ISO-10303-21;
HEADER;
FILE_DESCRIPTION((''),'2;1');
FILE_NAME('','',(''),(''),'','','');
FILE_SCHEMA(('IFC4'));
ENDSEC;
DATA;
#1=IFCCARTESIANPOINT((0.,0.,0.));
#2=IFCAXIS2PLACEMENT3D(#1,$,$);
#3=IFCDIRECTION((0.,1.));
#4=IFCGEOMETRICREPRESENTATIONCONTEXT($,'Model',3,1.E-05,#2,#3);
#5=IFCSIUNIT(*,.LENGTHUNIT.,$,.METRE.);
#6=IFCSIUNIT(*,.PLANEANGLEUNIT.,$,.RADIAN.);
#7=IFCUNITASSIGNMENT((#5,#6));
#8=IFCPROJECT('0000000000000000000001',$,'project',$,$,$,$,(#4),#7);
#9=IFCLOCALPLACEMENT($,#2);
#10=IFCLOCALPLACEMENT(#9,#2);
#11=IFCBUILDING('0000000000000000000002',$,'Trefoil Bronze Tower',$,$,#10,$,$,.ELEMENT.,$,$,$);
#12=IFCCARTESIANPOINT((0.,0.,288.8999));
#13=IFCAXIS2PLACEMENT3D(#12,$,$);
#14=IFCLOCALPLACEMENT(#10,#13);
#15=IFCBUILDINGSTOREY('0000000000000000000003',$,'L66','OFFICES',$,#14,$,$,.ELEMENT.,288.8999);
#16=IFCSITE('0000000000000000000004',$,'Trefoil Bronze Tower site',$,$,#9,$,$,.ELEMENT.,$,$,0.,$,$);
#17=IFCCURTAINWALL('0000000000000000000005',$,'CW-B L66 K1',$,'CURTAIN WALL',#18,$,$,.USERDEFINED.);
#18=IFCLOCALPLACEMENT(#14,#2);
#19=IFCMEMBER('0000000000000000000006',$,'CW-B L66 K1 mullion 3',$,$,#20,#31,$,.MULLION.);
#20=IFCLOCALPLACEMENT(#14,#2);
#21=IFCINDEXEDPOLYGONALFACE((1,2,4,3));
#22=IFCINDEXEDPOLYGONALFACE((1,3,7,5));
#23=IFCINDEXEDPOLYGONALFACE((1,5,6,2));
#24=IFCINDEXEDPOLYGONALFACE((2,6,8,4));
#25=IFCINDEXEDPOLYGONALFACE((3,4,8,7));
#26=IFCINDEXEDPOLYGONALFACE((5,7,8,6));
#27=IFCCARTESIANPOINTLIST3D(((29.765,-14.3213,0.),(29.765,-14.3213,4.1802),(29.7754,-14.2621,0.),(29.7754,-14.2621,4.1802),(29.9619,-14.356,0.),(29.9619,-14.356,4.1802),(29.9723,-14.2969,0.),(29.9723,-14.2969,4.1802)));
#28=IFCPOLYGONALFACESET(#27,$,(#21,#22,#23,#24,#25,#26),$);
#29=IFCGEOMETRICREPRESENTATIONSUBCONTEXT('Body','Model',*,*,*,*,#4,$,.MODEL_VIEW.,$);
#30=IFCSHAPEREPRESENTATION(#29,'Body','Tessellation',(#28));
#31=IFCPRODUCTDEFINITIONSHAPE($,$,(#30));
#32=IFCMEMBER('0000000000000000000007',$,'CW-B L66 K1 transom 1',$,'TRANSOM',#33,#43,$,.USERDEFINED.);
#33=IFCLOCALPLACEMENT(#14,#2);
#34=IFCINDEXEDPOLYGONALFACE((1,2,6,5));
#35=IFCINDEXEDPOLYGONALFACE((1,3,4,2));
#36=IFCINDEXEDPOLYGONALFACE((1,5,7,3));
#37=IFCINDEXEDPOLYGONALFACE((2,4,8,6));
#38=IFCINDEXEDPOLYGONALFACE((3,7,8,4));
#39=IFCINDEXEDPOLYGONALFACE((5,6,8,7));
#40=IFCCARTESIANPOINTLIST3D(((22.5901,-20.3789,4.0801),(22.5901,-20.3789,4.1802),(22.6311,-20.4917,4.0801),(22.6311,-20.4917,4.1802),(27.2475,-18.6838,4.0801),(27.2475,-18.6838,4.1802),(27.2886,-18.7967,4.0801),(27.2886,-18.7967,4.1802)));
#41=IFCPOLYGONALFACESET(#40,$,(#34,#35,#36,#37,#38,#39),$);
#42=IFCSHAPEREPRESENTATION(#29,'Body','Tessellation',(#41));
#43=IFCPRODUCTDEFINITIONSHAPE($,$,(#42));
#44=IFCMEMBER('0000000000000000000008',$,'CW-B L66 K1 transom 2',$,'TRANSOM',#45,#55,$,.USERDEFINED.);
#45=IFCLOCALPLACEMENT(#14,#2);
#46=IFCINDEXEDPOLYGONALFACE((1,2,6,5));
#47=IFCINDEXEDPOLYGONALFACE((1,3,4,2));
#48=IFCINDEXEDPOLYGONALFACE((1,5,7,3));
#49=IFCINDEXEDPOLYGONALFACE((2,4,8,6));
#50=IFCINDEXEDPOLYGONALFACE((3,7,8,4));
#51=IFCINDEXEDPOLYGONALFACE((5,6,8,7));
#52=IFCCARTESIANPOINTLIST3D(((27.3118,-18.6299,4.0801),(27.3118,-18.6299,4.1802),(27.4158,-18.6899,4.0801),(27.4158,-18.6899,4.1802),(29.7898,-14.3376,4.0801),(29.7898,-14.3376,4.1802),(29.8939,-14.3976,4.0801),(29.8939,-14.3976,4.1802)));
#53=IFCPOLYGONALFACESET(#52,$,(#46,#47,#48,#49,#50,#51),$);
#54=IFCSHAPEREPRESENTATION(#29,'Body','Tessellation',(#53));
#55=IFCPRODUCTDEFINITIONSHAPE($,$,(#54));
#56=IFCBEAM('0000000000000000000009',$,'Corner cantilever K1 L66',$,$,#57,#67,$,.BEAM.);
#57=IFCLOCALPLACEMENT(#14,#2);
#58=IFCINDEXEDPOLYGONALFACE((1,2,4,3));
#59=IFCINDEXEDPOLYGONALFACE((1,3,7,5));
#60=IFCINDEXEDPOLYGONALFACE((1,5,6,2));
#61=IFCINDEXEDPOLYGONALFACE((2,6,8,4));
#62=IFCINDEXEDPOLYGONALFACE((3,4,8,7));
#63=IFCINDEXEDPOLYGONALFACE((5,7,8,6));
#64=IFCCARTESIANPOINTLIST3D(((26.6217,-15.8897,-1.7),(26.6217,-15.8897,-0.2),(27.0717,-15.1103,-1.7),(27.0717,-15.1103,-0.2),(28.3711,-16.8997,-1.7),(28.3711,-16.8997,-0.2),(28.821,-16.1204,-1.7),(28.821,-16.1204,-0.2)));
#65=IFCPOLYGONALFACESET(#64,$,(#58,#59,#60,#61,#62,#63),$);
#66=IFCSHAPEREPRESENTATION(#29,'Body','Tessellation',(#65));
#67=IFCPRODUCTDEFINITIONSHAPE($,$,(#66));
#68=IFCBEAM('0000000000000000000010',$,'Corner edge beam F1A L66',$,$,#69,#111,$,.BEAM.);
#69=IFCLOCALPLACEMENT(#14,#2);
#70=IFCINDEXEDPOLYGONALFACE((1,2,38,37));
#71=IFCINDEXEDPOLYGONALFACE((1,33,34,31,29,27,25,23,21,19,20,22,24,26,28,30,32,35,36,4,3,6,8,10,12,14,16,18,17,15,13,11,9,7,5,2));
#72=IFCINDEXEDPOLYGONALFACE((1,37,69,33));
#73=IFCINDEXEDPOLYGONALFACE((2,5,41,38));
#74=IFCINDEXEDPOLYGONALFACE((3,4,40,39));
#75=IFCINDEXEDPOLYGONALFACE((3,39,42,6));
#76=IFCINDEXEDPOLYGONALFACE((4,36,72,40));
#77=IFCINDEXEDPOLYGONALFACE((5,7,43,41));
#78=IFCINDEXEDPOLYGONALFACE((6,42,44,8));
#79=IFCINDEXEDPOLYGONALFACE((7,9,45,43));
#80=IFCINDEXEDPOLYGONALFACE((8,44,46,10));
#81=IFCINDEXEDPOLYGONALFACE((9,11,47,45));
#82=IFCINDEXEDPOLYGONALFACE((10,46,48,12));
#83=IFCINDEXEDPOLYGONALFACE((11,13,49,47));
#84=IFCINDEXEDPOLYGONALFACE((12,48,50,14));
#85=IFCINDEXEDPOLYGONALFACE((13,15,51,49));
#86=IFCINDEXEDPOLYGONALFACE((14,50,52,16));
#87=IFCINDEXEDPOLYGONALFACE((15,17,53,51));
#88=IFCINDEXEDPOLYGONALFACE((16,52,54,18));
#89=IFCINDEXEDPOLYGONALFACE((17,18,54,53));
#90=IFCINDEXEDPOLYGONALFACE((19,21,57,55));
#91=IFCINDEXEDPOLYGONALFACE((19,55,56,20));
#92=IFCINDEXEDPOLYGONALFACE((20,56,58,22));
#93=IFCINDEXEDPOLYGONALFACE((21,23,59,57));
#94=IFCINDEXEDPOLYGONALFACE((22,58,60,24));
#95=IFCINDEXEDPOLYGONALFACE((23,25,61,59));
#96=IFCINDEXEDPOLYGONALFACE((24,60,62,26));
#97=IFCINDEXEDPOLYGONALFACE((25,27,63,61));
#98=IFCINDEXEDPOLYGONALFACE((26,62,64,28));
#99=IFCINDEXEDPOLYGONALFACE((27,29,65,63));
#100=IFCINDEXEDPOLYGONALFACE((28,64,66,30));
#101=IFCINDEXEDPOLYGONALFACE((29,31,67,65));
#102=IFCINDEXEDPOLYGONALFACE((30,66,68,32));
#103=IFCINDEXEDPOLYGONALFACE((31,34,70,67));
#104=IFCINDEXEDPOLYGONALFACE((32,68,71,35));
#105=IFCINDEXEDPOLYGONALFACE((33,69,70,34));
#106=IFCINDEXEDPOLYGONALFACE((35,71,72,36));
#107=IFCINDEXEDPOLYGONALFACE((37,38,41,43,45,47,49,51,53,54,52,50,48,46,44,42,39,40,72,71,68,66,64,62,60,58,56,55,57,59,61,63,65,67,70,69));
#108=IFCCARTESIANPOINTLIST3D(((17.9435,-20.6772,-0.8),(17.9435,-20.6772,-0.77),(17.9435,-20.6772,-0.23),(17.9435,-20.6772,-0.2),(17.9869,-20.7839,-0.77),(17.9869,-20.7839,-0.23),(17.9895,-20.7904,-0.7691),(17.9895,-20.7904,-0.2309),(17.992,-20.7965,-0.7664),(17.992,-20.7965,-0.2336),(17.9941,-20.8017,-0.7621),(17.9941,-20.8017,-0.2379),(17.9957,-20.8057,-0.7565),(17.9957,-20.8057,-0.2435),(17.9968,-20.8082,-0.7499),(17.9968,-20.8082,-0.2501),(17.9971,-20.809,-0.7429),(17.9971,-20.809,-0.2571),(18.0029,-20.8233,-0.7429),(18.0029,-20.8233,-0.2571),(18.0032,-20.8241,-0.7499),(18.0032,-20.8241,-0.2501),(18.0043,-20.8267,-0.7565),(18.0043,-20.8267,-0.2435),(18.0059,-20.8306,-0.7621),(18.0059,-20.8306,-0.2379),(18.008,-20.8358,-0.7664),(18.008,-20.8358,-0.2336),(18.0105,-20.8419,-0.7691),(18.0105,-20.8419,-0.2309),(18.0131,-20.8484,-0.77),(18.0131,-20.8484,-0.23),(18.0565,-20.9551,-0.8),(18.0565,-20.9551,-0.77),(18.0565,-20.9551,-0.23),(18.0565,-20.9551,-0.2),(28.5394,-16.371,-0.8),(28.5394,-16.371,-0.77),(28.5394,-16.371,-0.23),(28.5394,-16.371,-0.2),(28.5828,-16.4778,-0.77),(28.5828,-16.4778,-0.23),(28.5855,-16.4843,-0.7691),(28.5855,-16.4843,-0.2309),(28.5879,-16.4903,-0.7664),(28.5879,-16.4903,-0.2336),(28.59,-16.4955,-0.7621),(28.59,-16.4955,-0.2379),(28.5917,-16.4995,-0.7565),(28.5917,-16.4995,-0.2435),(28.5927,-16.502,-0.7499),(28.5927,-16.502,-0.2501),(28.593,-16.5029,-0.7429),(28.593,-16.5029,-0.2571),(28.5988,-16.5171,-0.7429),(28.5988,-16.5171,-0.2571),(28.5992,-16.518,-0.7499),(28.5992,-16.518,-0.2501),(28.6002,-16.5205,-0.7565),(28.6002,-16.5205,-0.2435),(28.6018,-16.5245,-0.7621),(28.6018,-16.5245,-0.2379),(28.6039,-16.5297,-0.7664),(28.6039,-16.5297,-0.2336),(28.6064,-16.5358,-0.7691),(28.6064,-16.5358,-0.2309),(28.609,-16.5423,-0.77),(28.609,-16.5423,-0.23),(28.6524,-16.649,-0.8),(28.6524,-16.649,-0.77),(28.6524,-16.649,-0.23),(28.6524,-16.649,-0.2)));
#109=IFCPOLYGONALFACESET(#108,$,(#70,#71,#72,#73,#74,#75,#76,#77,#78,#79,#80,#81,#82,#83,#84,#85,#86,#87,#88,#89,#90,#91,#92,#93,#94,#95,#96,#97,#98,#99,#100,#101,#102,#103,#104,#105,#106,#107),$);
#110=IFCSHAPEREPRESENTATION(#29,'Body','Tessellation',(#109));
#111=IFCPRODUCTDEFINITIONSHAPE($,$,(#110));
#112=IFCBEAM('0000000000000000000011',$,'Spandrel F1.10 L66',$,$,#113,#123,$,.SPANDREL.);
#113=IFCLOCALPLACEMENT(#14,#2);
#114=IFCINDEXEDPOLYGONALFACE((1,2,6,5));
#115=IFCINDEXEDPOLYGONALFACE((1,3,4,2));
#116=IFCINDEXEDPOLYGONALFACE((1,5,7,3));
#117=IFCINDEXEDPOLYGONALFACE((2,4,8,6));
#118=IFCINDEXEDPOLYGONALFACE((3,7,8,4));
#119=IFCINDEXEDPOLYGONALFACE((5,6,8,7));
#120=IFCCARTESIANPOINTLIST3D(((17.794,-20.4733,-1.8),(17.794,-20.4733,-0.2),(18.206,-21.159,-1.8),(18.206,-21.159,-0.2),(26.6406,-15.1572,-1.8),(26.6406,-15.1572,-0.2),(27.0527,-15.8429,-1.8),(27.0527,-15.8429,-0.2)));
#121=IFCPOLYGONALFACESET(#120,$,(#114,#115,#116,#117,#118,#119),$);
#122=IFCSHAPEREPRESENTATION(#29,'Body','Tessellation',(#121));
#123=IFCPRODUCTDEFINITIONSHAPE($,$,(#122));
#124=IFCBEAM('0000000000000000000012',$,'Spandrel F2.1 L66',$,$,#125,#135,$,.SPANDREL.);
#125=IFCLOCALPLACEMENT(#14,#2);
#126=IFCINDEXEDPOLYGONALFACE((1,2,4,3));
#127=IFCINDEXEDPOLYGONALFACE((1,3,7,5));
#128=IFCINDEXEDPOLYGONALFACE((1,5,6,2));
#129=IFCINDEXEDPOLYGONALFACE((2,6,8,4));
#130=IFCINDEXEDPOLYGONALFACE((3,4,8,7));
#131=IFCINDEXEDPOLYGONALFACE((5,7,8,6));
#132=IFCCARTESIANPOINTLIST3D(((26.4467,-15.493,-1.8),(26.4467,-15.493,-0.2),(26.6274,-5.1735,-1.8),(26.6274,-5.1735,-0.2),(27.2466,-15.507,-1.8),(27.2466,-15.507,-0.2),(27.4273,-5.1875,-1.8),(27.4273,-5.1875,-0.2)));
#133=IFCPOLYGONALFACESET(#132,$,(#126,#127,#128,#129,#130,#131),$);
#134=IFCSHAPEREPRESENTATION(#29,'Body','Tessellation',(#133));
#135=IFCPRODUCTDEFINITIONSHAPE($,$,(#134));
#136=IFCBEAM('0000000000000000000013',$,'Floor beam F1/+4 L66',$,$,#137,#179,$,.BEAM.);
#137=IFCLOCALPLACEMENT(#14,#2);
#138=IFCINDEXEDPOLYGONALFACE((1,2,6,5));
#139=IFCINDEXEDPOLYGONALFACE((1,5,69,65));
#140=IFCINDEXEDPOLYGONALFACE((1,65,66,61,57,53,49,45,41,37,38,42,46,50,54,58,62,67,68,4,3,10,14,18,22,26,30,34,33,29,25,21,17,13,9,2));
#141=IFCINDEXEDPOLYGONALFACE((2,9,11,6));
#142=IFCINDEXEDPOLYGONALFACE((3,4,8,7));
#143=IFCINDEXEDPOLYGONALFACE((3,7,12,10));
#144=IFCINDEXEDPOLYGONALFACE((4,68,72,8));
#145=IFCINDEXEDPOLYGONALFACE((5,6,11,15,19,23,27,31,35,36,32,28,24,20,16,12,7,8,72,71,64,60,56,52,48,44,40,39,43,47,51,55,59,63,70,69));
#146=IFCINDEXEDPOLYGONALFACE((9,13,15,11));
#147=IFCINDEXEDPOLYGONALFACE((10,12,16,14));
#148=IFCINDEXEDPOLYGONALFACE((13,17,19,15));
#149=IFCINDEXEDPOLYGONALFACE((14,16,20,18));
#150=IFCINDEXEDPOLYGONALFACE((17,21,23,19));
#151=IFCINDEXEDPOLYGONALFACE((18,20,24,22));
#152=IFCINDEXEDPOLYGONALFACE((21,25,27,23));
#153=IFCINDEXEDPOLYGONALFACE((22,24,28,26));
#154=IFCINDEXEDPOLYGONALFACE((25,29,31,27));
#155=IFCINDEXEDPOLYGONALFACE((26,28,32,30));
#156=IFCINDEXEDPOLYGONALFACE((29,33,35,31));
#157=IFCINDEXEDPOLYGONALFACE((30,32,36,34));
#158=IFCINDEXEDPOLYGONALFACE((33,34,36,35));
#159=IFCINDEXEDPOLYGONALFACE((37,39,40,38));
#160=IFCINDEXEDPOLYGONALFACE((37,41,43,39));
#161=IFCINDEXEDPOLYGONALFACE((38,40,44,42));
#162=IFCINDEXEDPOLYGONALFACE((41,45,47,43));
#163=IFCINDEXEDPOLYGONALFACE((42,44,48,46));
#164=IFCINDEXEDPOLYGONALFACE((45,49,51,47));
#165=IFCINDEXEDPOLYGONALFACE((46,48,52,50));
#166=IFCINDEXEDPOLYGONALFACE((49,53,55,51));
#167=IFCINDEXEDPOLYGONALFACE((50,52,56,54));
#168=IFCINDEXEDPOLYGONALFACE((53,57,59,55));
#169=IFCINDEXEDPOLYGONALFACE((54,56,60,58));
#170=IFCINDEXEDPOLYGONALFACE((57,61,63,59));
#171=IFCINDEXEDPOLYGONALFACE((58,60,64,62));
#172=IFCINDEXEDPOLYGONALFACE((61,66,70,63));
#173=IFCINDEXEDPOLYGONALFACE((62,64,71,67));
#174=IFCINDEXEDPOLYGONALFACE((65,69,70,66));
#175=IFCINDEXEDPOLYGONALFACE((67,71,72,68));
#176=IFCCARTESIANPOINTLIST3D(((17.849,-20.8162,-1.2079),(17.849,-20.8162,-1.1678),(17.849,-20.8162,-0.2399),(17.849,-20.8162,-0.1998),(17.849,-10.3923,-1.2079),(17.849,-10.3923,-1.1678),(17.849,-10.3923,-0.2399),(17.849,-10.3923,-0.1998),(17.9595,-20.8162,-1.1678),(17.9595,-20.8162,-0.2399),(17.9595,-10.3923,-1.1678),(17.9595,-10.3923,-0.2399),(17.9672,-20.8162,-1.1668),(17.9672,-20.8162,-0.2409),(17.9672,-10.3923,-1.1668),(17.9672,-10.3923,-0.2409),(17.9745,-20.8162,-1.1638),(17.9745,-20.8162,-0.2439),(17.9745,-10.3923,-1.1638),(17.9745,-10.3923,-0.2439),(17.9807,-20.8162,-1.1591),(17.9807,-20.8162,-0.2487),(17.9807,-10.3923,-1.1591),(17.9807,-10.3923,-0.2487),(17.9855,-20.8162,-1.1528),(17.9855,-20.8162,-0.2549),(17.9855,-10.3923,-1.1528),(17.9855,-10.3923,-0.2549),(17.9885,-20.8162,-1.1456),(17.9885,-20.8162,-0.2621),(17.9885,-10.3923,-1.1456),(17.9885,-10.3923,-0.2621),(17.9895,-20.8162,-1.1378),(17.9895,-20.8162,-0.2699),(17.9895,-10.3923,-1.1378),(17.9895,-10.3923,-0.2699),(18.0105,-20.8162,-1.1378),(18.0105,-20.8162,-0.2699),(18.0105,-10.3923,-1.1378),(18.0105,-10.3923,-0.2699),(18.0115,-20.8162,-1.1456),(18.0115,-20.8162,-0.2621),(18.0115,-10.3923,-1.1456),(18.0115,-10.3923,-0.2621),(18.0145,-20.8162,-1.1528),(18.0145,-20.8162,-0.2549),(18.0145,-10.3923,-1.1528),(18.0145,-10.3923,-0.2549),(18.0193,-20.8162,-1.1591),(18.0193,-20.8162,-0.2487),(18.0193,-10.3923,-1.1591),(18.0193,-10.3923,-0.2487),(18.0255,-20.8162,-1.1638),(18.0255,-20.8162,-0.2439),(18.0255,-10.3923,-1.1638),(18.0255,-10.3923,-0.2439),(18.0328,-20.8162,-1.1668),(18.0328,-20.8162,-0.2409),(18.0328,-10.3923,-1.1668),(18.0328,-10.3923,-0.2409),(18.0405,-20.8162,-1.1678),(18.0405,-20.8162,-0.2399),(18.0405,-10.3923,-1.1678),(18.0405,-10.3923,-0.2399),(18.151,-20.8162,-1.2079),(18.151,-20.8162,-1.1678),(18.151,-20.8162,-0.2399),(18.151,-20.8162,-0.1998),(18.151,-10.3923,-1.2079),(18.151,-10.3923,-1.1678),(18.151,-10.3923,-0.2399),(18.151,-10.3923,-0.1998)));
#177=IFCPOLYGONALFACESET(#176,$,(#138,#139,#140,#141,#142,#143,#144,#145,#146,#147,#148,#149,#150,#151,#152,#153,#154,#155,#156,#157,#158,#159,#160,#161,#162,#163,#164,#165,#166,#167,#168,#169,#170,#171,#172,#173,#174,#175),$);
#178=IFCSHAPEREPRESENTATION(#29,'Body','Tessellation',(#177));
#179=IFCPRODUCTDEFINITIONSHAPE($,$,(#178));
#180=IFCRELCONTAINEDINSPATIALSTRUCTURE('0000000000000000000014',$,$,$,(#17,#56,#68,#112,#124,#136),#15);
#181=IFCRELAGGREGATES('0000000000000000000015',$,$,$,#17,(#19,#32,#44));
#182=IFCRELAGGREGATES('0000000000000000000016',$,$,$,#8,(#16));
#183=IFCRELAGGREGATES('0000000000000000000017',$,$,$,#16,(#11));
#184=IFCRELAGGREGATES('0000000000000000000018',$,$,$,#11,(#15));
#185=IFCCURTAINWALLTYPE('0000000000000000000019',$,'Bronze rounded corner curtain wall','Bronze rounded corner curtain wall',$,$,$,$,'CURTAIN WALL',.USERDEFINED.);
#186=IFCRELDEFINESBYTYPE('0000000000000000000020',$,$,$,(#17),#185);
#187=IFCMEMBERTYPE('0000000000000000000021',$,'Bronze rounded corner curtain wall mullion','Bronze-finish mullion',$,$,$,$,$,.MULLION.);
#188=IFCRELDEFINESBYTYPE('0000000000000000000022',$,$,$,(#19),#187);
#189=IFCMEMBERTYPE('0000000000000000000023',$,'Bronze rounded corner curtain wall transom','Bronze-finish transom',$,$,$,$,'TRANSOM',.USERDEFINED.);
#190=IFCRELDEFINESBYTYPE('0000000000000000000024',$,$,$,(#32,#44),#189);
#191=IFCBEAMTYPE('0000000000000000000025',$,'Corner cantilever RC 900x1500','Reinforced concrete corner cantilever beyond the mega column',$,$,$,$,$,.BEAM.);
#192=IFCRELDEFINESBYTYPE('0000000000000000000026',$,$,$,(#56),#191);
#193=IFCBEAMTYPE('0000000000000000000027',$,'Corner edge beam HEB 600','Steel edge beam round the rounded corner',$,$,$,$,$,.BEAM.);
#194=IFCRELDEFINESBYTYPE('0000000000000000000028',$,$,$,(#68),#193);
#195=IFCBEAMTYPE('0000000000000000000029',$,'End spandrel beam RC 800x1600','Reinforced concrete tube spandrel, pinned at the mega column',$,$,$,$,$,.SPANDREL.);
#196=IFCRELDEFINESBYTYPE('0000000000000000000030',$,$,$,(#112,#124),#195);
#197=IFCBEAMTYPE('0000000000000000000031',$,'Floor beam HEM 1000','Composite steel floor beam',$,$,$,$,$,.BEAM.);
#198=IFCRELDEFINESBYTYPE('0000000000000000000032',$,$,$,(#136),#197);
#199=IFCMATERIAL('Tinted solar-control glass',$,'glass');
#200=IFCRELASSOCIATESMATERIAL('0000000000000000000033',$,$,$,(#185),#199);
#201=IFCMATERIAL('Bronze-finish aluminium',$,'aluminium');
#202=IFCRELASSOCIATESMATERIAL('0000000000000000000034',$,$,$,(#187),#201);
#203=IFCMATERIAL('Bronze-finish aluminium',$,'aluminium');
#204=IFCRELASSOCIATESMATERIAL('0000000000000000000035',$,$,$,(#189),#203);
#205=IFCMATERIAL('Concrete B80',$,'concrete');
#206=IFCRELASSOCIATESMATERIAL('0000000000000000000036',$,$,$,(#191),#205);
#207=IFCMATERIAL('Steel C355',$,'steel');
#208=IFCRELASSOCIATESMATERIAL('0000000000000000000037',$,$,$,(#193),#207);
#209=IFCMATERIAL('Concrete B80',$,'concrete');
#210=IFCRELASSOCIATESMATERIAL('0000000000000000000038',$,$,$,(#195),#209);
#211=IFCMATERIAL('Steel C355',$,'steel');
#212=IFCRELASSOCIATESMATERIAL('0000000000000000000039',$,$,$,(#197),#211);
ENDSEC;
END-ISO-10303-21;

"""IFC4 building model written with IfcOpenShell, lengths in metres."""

from ifc_helpers import new_model, si_unit, direction, frame, origin, origin_2d, place, context, subcontext, project, spatial, rectangle, i_section, extrude, material, material_profile, profile_set, type_object, element, aggregate, save


model = new_model("IFC4")

# Units and contexts
model_context = context("Model", 3, precision=1e-05, world=origin(), true_north=direction((0.0, 1.0)))
body_context = subcontext(model_context, "Body", "Model", "MODEL_VIEW")
ifc_project = project(units=[si_unit("LENGTHUNIT", "METRE"), si_unit("PLANEANGLEUNIT", "RADIAN")], contexts=[model_context])

# Site, building, storey
site_placement = place(None, origin())
site = spatial("IfcSite", under=ifc_project, at=site_placement, Name="Trefoil Bronze Tower site", CompositionType="ELEMENT", RefElevation=0.0)
building_placement = place(site_placement, origin())
building = spatial("IfcBuilding", under=site, at=building_placement, Name="Trefoil Bronze Tower", CompositionType="ELEMENT")
storey_placement = place(building_placement, frame((0.0, 0.0, 288.8999)))
storey = spatial("IfcBuildingStorey", under=building, at=storey_placement, Name="L66", Description="OFFICES", CompositionType="ELEMENT", Elevation=288.8999)

# Curtain wall, members
ifc_material_1 = material(Name="Tinted solar-control glass", Category="glass")
curtain_wall_type_1 = type_object("IfcCurtainWallType", Name="Bronze rounded corner curtain wall", Description="Bronze rounded corner curtain wall", ElementType="CURTAIN WALL", PredefinedType="USERDEFINED", material=ifc_material_1)
curtain_wall_1_placement = place(storey_placement, origin())
curtain_wall_1 = element("IfcCurtainWall", 1, at=curtain_wall_1_placement, inside=storey, type_object=curtain_wall_type_1, Name="CW-B L66 K1", ObjectType="CURTAIN WALL", PredefinedType="USERDEFINED")
ifc_material_2 = material(Name="Bronze-finish aluminium", Category="aluminium")
ifc_material_profile_1 = material_profile(ifc_material_2, rectangle(XDim=0.2, YDim=0.0601, at=origin_2d()), Name="CW-B mullion")
ifc_profile_set_1 = profile_set([ifc_material_profile_1], Name="Bronze-finish aluminium")
member_type_1 = type_object("IfcMemberType", Name="Bronze rounded corner curtain wall mullion", Description="Bronze-finish mullion", PredefinedType="MULLION", material=ifc_profile_set_1)
member_1_placement = place(storey_placement, frame((29.8687, -14.3091, 0.0), z_axis=(0.0, 0.0, 1.0), x_axis=(-0.984808, 0.173648, 0.0)))
member_1 = element("IfcMember", 2, at=member_1_placement, type_object=member_type_1, Name="CW-B L66 K1 mullion 3", PredefinedType="MULLION", context=body_context, shape_type="SweptSolid", body=[
    extrude(rectangle(XDim=0.2, YDim=0.0601, at=origin_2d()), origin(), (0.0, 0.0, 1.0), 4.1802),
])
ifc_material_3 = material(Name="Bronze-finish aluminium", Category="aluminium")
ifc_material_profile_2 = material_profile(ifc_material_3, rectangle(XDim=0.1201, YDim=0.1001, at=origin_2d()), Name="CW-B transom")
ifc_profile_set_2 = profile_set([ifc_material_profile_2], Name="Bronze-finish aluminium")
member_type_2 = type_object("IfcMemberType", Name="Bronze rounded corner curtain wall transom", Description="Bronze-finish transom", ElementType="TRANSOM", PredefinedType="USERDEFINED", material=ifc_profile_set_2)
member_2_placement = place(storey_placement, frame((22.6106, -20.4353, 4.1301), z_axis=(0.9397, 0.342, 0.0), x_axis=(-0.342, 0.9397, 0.0)))
member_2 = element("IfcMember", 3, at=member_2_placement, type_object=member_type_2, Name="CW-B L66 K1 transom 1", ObjectType="TRANSOM", PredefinedType="USERDEFINED", context=body_context, shape_type="SweptSolid", body=[
    extrude(rectangle(XDim=0.1201, YDim=0.1001, at=origin_2d()), origin(), (0.0, 0.0, 1.0), 4.9563),
])
member_3_placement = place(storey_placement, frame((27.3638, -18.6599, 4.1301), z_axis=(0.499985, 0.866034, 0.0), x_axis=(-0.866034, 0.499985, 0.0)))
member_3 = element("IfcMember", 4, at=member_3_placement, type_object=member_type_2, Name="CW-B L66 K1 transom 2", ObjectType="TRANSOM", PredefinedType="USERDEFINED", context=body_context, shape_type="SweptSolid", body=[
    extrude(rectangle(XDim=0.1201, YDim=0.1001, at=origin_2d()), origin(), (0.0, 0.0, 1.0), 4.9563),
])

# Beams
ifc_material_4 = material(Name="Concrete B80", Category="concrete")
ifc_material_profile_3 = material_profile(ifc_material_4, rectangle(XDim=0.8999, YDim=1.5, at=origin_2d()), Name="RC 900x1500")
ifc_profile_set_3 = profile_set([ifc_material_profile_3], Name="Concrete B80")
beam_type_1 = type_object("IfcBeamType", Name="Corner cantilever RC 900x1500", Description="Reinforced concrete corner cantilever beyond the mega column", PredefinedType="BEAM", material=ifc_profile_set_3)
beam_1_placement = place(storey_placement, frame((26.8467, -15.5, -0.95), z_axis=(0.86601, -0.500026, 0.0), x_axis=(0.500026, 0.86601, 0.0)))
element("IfcBeam", 5, at=beam_1_placement, inside=storey, type_object=beam_type_1, Name="Corner cantilever K1 L66", PredefinedType="BEAM", context=body_context, shape_type="SweptSolid", body=[
    extrude(rectangle(XDim=0.8999, YDim=1.5, at=origin_2d()), origin(), (0.0, 0.0, 1.0), 2.02),
])
ifc_material_5 = material(Name="Steel C355", Category="steel")
ifc_material_profile_4 = material_profile(ifc_material_5, i_section(OverallWidth=0.3, OverallDepth=0.6001, WebThickness=0.0154, FlangeThickness=0.03, FilletRadius=0.0271, at=origin_2d()), Name="HEB 600")
ifc_profile_set_4 = profile_set([ifc_material_profile_4], Name="Steel C355")
beam_type_2 = type_object("IfcBeamType", Name="Corner edge beam HEB 600", Description="Steel edge beam round the rounded corner", PredefinedType="BEAM", material=ifc_profile_set_4)
beam_2_placement = place(storey_placement, frame((18.0, -20.8162, -0.5), z_axis=(0.926419, 0.376493, 0.0), x_axis=(-0.376493, 0.926419, 0.0)))
element("IfcBeam", 6, at=beam_2_placement, inside=storey, type_object=beam_type_2, Name="Corner edge beam F1A L66", PredefinedType="BEAM", context=body_context, shape_type="SweptSolid", body=[
    extrude(i_section(OverallWidth=0.3, OverallDepth=0.6001, WebThickness=0.0154, FlangeThickness=0.03, FilletRadius=0.0271, at=origin_2d()), origin(), (0.0, 0.0, 1.0), 11.4375),
])
ifc_material_6 = material(Name="Concrete B80", Category="concrete")
ifc_material_profile_5 = material_profile(ifc_material_6, rectangle(XDim=0.8, YDim=1.6001, at=origin_2d()), Name="RC 800x1600")
ifc_profile_set_5 = profile_set([ifc_material_profile_5], Name="Concrete B80")
beam_type_3 = type_object("IfcBeamType", Name="End spandrel beam RC 800x1600", Description="Reinforced concrete tube spandrel, pinned at the mega column", PredefinedType="SPANDREL", material=ifc_profile_set_5)
for number, where, z_axis, x_axis, name in (
    (7, (18.0, -20.8162, -1.0), (0.857144, 0.515077, 0.0), (-0.515077, 0.857144, 0.0), "Spandrel F1.10 L66"),
    (8, (26.8467, -15.5, -1.0), (0.017504, 0.999847, 0.0), (-0.999847, 0.017504, 0.0), "Spandrel F2.1 L66"),
):
    element("IfcBeam", number, at=place(storey_placement, frame(where, z_axis=z_axis, x_axis=x_axis)), inside=storey, type_object=beam_type_3, Name=name, PredefinedType="SPANDREL", context=body_context, shape_type="SweptSolid", body=[
        extrude(rectangle(XDim=0.8, YDim=1.6001, at=origin_2d()), origin(), (0.0, 0.0, 1.0), 10.321),
    ])
ifc_material_7 = material(Name="Steel C355", Category="steel")
ifc_material_profile_6 = material_profile(ifc_material_7, i_section(OverallWidth=0.302, OverallDepth=1.0081, WebThickness=0.021, FlangeThickness=0.04, FilletRadius=0.03, at=origin_2d()), Name="HEM 1000")
ifc_profile_set_6 = profile_set([ifc_material_profile_6], Name="Steel C355")
beam_type_4 = type_object("IfcBeamType", Name="Floor beam HEM 1000", Description="Composite steel floor beam", PredefinedType="BEAM", material=ifc_profile_set_6)
beam_3_placement = place(storey_placement, frame((18.0, -20.8162, -0.7039), z_axis=(0.0, 1.0, 0.0), x_axis=(-1.0, 0.0, 0.0)))
element("IfcBeam", 9, at=beam_3_placement, inside=storey, type_object=beam_type_4, Name="Floor beam F1/+4 L66", PredefinedType="BEAM", context=body_context, shape_type="SweptSolid", body=[
    extrude(i_section(OverallWidth=0.302, OverallDepth=1.0081, WebThickness=0.021, FlangeThickness=0.04, FilletRadius=0.03, at=origin_2d()), origin(), (0.0, 0.0, 1.0), 10.4238),
])

aggregate(curtain_wall_1, [member_1, member_2, member_3])

save(model, "model.ifc")
